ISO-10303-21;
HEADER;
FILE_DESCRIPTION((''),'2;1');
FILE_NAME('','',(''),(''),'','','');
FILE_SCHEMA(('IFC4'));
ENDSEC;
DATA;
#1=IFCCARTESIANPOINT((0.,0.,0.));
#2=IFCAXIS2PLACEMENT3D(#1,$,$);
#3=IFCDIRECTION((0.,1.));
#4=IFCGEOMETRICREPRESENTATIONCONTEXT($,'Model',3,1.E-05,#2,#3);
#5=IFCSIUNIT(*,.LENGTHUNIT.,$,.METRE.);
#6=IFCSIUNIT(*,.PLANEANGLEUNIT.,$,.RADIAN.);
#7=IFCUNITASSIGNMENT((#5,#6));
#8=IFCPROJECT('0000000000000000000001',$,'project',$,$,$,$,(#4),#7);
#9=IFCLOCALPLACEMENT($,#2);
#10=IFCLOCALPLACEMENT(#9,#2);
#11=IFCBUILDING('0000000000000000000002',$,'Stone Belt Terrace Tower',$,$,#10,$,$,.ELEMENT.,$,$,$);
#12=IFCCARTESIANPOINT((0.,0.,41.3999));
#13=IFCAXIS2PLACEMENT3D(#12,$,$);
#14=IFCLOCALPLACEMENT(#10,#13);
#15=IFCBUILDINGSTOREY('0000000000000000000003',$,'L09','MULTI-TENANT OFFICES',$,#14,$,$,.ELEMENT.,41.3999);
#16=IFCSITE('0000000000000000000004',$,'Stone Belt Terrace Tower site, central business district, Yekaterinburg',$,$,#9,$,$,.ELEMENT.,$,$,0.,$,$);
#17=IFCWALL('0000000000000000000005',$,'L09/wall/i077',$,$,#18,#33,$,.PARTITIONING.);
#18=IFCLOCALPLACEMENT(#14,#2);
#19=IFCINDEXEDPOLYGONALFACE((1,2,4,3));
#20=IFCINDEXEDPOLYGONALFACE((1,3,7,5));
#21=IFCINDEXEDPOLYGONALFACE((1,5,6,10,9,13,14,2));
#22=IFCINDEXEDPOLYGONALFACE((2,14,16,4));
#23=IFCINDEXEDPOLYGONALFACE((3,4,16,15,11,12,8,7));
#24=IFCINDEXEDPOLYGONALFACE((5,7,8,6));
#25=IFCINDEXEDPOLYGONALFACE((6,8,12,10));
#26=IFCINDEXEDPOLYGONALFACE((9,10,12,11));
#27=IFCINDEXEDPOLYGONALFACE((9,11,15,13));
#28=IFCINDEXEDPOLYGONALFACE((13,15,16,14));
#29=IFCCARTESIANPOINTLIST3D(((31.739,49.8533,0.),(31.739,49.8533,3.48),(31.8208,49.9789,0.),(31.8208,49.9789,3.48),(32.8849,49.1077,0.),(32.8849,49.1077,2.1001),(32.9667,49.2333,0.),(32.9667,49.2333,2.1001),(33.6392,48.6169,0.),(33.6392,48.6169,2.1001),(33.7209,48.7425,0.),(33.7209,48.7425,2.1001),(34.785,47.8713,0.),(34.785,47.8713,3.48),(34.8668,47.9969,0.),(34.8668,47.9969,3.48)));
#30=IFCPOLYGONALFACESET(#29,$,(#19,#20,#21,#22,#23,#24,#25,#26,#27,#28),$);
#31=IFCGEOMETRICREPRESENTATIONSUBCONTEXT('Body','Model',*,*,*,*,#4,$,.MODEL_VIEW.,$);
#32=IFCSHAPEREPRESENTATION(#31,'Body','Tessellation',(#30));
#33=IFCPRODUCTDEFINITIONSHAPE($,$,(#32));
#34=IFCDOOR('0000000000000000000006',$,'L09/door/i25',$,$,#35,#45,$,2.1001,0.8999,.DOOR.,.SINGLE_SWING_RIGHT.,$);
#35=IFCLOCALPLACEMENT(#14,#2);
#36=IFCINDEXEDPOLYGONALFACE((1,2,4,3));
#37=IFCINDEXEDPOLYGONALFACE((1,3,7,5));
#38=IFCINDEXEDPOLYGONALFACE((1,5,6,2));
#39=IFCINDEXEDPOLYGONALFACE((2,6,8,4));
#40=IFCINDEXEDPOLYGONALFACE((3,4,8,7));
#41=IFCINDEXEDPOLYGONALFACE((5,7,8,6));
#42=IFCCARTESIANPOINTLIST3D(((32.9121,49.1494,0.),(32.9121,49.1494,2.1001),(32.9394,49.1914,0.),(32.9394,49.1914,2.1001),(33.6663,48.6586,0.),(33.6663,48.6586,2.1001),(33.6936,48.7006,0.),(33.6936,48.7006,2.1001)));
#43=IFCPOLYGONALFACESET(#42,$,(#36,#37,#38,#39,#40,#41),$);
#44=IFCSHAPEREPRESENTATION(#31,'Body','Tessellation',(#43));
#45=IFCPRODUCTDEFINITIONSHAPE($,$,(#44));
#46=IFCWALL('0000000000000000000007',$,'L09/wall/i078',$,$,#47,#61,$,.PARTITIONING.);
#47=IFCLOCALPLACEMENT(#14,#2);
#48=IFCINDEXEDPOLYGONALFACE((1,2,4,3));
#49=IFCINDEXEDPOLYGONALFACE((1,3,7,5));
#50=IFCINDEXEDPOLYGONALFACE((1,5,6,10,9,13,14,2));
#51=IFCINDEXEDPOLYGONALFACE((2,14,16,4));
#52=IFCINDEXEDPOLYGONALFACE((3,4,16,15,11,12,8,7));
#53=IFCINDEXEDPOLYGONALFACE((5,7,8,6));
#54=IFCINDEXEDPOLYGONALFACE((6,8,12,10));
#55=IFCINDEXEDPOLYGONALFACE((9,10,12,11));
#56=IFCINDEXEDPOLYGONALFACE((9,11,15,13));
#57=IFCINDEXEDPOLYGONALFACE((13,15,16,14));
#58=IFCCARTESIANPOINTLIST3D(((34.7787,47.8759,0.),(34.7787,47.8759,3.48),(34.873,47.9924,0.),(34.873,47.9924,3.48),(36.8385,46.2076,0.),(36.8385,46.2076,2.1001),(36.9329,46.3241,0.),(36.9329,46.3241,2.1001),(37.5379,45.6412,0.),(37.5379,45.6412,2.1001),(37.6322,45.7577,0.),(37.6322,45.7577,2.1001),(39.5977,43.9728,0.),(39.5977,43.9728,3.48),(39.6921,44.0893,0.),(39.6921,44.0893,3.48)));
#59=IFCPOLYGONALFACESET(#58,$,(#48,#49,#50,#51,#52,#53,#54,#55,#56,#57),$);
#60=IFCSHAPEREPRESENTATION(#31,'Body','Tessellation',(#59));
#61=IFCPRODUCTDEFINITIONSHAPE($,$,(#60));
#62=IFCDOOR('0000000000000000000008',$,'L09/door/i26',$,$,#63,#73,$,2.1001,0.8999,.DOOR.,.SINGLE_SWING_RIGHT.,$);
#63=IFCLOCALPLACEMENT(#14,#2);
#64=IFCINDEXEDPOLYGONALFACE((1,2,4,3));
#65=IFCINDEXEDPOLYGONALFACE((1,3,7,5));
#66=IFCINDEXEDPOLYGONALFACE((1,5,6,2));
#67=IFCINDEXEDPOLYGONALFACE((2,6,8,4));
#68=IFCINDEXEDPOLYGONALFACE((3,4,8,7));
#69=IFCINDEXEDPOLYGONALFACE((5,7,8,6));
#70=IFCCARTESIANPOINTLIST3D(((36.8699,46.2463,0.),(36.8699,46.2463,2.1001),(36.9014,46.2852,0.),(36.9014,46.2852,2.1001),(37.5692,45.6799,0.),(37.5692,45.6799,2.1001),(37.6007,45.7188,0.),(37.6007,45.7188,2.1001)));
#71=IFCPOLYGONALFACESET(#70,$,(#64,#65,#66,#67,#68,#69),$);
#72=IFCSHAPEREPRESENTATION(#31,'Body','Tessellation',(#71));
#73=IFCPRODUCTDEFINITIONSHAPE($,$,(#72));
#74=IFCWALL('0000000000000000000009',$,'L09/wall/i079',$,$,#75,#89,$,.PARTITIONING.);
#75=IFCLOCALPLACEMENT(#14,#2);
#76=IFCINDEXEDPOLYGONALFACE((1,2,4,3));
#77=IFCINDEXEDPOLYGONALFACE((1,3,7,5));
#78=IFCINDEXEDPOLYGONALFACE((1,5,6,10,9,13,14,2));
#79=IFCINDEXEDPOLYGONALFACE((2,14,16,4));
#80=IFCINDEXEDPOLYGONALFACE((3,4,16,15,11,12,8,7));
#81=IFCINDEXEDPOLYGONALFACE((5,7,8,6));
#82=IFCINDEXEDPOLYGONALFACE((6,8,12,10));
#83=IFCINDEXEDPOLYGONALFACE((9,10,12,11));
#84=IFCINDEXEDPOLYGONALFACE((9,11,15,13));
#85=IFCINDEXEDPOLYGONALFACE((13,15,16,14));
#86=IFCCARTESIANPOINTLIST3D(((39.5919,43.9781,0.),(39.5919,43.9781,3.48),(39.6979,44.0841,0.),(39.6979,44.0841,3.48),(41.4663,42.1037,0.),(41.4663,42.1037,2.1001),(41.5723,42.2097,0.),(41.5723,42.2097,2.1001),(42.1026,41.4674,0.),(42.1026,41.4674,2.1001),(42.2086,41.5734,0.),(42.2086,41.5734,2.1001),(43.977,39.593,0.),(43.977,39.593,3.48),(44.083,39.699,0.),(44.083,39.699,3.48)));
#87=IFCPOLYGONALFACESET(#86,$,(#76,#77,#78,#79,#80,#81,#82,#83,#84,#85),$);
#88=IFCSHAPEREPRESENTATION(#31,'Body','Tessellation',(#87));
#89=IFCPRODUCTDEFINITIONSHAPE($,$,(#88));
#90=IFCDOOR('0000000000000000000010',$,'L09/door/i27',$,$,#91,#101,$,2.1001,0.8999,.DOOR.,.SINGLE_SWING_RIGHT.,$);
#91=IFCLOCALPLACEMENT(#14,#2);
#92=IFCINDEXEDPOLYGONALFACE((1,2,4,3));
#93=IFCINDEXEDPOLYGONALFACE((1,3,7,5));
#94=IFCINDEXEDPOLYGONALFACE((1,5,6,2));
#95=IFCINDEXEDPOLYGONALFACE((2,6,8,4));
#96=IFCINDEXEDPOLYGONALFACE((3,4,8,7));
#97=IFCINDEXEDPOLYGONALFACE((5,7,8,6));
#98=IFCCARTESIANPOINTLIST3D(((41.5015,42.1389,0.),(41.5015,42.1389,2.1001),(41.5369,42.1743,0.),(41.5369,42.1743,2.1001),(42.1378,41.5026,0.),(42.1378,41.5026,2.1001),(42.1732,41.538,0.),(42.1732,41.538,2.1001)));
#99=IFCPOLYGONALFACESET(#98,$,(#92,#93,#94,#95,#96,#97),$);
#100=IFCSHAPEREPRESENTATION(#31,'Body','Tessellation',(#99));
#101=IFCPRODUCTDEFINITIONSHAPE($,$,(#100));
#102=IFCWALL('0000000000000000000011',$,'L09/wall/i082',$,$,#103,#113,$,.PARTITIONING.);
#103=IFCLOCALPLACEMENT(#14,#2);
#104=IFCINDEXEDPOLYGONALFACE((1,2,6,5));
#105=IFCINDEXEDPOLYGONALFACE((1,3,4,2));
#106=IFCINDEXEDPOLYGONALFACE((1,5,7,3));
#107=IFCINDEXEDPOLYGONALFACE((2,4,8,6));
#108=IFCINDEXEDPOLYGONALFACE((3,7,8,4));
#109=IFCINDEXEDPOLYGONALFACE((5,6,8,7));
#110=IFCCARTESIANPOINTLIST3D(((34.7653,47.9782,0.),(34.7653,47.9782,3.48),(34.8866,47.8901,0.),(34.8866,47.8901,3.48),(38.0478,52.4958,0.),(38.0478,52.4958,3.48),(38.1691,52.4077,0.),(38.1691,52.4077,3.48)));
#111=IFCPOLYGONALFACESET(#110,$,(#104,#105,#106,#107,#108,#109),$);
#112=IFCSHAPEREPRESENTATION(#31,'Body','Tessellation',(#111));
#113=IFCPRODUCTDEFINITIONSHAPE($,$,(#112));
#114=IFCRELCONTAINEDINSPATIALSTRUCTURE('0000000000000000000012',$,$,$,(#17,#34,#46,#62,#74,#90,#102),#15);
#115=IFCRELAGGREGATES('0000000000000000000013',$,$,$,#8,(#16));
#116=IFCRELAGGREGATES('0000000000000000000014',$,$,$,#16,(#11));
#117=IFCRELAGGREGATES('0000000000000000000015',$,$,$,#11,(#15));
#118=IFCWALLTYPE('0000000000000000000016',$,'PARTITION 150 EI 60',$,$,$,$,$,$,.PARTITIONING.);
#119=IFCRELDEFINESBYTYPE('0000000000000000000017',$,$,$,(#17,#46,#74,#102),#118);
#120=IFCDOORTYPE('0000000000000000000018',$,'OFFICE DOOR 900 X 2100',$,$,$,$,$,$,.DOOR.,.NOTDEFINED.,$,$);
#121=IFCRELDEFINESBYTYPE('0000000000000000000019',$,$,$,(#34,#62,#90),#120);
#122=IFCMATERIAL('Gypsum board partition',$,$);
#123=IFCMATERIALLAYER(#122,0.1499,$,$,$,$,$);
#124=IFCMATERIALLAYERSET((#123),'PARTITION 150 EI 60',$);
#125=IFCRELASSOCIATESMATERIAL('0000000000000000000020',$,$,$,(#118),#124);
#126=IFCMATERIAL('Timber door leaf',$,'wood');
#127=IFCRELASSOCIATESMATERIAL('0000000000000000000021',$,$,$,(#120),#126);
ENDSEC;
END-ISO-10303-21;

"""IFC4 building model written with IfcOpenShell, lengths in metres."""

from ifc_helpers import new_model, si_unit, direction, frame, frame_2d, origin, place, context, subcontext, project, spatial, rectangle, extrude, material, layer, layer_set, type_object, element, fill, save


model = new_model("IFC4")

# Units and contexts
model_context = context("Model", 3, precision=1e-05, world=origin(), true_north=direction((0.0, 1.0)))
body_context = subcontext(model_context, "Body", "Model", "MODEL_VIEW")
ifc_project = project(units=[si_unit("LENGTHUNIT", "METRE"), si_unit("PLANEANGLEUNIT", "RADIAN")], contexts=[model_context])

# Site, building, storey
site_placement = place(None, origin())
site = spatial("IfcSite", under=ifc_project, at=site_placement, Name="Stone Belt Terrace Tower site, central business district, Yekaterinburg", CompositionType="ELEMENT", RefElevation=0.0)
building_placement = place(site_placement, origin())
building = spatial("IfcBuilding", under=site, at=building_placement, Name="Stone Belt Terrace Tower", CompositionType="ELEMENT")
storey_placement = place(building_placement, frame((0.0, 0.0, 41.3999)))
storey = spatial("IfcBuildingStorey", under=building, at=storey_placement, Name="L09", Description="MULTI-TENANT OFFICES", CompositionType="ELEMENT", Elevation=41.3999)

# Shared definitions
ifc_material_1 = material(Name="Gypsum board partition")
ifc_layer_1 = layer(ifc_material_1, 0.1499)
ifc_layer_set_1 = layer_set([ifc_layer_1], Name="PARTITION 150 EI 60")
wall_type = type_object("IfcWallType", Name="PARTITION 150 EI 60", PredefinedType="PARTITIONING", material=ifc_layer_set_1)
ifc_material_2 = material(Name="Timber door leaf", Category="wood")
door_type = type_object("IfcDoorType", Name="OFFICE DOOR 900 X 2100", OperationType="NOTDEFINED", PredefinedType="DOOR", material=ifc_material_2)

# Walls, openings, doors
wall_1_placement = place(storey_placement, frame((31.78, 49.916, 0.0), z_axis=(0.0, 0.0, 1.0), x_axis=(0.83818, -0.545394, 0.0)))
wall_1 = element("IfcWall", 1, at=wall_1_placement, inside=storey, type_object=wall_type, Name="L09/wall/i077", PredefinedType="PARTITIONING", context=body_context, shape_type="SweptSolid", body=[
    extrude(rectangle(XDim=3.634, YDim=0.1499, at=frame_2d((1.8169, 0.0))), origin(), (0.0, 0.0, 1.0), 3.48),
])
opening_1_placement = place(wall_1_placement, frame((1.3669, 0.0, 0.0)))
opening_1 = element("IfcOpeningElement", 2, at=opening_1_placement, cuts=wall_1, PredefinedType="OPENING", context=body_context, shape_type="SweptSolid", body=[
    extrude(rectangle(XDim=0.8999, YDim=2.1001, at=frame_2d((0.45, 1.05))), frame((0.0, 0.085, 0.0), z_axis=(0.0, -1.0, 0.0), x_axis=(1.0, 0.0, 0.0)), (0.0, 0.0, 1.0), 0.1699),
])
door_1_placement = place(opening_1_placement, origin())
door_1 = element("IfcDoor", 3, at=door_1_placement, inside=storey, type_object=door_type, Name="L09/door/i25", OperationType="SINGLE_SWING_RIGHT", OverallHeight=2.1001, OverallWidth=0.8999, PredefinedType="DOOR", context=body_context, shape_type="SweptSolid", body=[
    extrude(rectangle(XDim=0.8999, YDim=2.1001, at=frame_2d((0.45, 1.05))), frame((0.0, 0.0249, 0.0), z_axis=(0.0, -1.0, 0.0), x_axis=(1.0, 0.0, 0.0)), (0.0, 0.0, 1.0), 0.05),
])
fill(opening_1, door_1)
wall_2_placement = place(storey_placement, frame((34.8259, 47.9341, 0.0), z_axis=(0.0, 0.0, 1.0), x_axis=(0.777094, -0.629384, 0.0)))
wall_2 = element("IfcWall", 4, at=wall_2_placement, inside=storey, type_object=wall_type, Name="L09/wall/i078", PredefinedType="PARTITIONING", context=body_context, shape_type="SweptSolid", body=[
    extrude(rectangle(XDim=6.2014, YDim=0.1499, at=frame_2d((3.1006, 0.0))), origin(), (0.0, 0.0, 1.0), 3.48),
])
opening_2_placement = place(wall_2_placement, frame((2.6506, 0.0, 0.0)))
opening_2 = element("IfcOpeningElement", 5, at=opening_2_placement, cuts=wall_2, PredefinedType="OPENING", context=body_context, shape_type="SweptSolid", body=[
    extrude(rectangle(XDim=0.8999, YDim=2.1001, at=frame_2d((0.45, 1.05))), frame((0.0, 0.085, 0.0), z_axis=(0.0, -1.0, 0.0), x_axis=(1.0, 0.0, 0.0)), (0.0, 0.0, 1.0), 0.1699),
])
door_2_placement = place(opening_2_placement, origin())
door_2 = element("IfcDoor", 6, at=door_2_placement, inside=storey, type_object=door_type, Name="L09/door/i26", OperationType="SINGLE_SWING_RIGHT", OverallHeight=2.1001, OverallWidth=0.8999, PredefinedType="DOOR", context=body_context, shape_type="SweptSolid", body=[
    extrude(rectangle(XDim=0.8999, YDim=2.1001, at=frame_2d((0.45, 1.05))), frame((0.0, 0.0249, 0.0), z_axis=(0.0, -1.0, 0.0), x_axis=(1.0, 0.0, 0.0)), (0.0, 0.0, 1.0), 0.05),
])
fill(opening_2, door_2)
wall_3_placement = place(storey_placement, frame((39.645, 44.031, 0.0), z_axis=(0.0, 0.0, 1.0), x_axis=(0.707107, -0.707107, 0.0)))
wall_3 = element("IfcWall", 7, at=wall_3_placement, inside=storey, type_object=wall_type, Name="L09/wall/i079", PredefinedType="PARTITIONING", context=body_context, shape_type="SweptSolid", body=[
    extrude(rectangle(XDim=6.2014, YDim=0.1499, at=frame_2d((3.1006, 0.0))), origin(), (0.0, 0.0, 1.0), 3.48),
])
opening_3_placement = place(wall_3_placement, frame((2.6506, 0.0, 0.0)))
opening_3 = element("IfcOpeningElement", 8, at=opening_3_placement, cuts=wall_3, PredefinedType="OPENING", context=body_context, shape_type="SweptSolid", body=[
    extrude(rectangle(XDim=0.8999, YDim=2.1001, at=frame_2d((0.45, 1.05))), frame((0.0, 0.085, 0.0), z_axis=(0.0, -1.0, 0.0), x_axis=(1.0, 0.0, 0.0)), (0.0, 0.0, 1.0), 0.1699),
])
door_3_placement = place(opening_3_placement, origin())
door_3 = element("IfcDoor", 9, at=door_3_placement, inside=storey, type_object=door_type, Name="L09/door/i27", OperationType="SINGLE_SWING_RIGHT", OverallHeight=2.1001, OverallWidth=0.8999, PredefinedType="DOOR", context=body_context, shape_type="SweptSolid", body=[
    extrude(rectangle(XDim=0.8999, YDim=2.1001, at=frame_2d((0.45, 1.05))), frame((0.0, 0.0249, 0.0), z_axis=(0.0, -1.0, 0.0), x_axis=(1.0, 0.0, 0.0)), (0.0, 0.0, 1.0), 0.05),
])
fill(opening_3, door_3)

# Wall
wall_4_placement = place(storey_placement, frame((38.1084, 52.4517, 0.0), z_axis=(0.0, 0.0, 1.0), x_axis=(-0.587815, -0.808995, 0.0)))
element("IfcWall", 10, at=wall_4_placement, inside=storey, type_object=wall_type, Name="L09/wall/i082", PredefinedType="PARTITIONING", context=body_context, shape_type="SweptSolid", body=[
    extrude(rectangle(XDim=5.5842, YDim=0.1499, at=frame_2d((2.792, 0.0))), origin(), (0.0, 0.0, 1.0), 3.48),
])

save(model, "model.ifc")
